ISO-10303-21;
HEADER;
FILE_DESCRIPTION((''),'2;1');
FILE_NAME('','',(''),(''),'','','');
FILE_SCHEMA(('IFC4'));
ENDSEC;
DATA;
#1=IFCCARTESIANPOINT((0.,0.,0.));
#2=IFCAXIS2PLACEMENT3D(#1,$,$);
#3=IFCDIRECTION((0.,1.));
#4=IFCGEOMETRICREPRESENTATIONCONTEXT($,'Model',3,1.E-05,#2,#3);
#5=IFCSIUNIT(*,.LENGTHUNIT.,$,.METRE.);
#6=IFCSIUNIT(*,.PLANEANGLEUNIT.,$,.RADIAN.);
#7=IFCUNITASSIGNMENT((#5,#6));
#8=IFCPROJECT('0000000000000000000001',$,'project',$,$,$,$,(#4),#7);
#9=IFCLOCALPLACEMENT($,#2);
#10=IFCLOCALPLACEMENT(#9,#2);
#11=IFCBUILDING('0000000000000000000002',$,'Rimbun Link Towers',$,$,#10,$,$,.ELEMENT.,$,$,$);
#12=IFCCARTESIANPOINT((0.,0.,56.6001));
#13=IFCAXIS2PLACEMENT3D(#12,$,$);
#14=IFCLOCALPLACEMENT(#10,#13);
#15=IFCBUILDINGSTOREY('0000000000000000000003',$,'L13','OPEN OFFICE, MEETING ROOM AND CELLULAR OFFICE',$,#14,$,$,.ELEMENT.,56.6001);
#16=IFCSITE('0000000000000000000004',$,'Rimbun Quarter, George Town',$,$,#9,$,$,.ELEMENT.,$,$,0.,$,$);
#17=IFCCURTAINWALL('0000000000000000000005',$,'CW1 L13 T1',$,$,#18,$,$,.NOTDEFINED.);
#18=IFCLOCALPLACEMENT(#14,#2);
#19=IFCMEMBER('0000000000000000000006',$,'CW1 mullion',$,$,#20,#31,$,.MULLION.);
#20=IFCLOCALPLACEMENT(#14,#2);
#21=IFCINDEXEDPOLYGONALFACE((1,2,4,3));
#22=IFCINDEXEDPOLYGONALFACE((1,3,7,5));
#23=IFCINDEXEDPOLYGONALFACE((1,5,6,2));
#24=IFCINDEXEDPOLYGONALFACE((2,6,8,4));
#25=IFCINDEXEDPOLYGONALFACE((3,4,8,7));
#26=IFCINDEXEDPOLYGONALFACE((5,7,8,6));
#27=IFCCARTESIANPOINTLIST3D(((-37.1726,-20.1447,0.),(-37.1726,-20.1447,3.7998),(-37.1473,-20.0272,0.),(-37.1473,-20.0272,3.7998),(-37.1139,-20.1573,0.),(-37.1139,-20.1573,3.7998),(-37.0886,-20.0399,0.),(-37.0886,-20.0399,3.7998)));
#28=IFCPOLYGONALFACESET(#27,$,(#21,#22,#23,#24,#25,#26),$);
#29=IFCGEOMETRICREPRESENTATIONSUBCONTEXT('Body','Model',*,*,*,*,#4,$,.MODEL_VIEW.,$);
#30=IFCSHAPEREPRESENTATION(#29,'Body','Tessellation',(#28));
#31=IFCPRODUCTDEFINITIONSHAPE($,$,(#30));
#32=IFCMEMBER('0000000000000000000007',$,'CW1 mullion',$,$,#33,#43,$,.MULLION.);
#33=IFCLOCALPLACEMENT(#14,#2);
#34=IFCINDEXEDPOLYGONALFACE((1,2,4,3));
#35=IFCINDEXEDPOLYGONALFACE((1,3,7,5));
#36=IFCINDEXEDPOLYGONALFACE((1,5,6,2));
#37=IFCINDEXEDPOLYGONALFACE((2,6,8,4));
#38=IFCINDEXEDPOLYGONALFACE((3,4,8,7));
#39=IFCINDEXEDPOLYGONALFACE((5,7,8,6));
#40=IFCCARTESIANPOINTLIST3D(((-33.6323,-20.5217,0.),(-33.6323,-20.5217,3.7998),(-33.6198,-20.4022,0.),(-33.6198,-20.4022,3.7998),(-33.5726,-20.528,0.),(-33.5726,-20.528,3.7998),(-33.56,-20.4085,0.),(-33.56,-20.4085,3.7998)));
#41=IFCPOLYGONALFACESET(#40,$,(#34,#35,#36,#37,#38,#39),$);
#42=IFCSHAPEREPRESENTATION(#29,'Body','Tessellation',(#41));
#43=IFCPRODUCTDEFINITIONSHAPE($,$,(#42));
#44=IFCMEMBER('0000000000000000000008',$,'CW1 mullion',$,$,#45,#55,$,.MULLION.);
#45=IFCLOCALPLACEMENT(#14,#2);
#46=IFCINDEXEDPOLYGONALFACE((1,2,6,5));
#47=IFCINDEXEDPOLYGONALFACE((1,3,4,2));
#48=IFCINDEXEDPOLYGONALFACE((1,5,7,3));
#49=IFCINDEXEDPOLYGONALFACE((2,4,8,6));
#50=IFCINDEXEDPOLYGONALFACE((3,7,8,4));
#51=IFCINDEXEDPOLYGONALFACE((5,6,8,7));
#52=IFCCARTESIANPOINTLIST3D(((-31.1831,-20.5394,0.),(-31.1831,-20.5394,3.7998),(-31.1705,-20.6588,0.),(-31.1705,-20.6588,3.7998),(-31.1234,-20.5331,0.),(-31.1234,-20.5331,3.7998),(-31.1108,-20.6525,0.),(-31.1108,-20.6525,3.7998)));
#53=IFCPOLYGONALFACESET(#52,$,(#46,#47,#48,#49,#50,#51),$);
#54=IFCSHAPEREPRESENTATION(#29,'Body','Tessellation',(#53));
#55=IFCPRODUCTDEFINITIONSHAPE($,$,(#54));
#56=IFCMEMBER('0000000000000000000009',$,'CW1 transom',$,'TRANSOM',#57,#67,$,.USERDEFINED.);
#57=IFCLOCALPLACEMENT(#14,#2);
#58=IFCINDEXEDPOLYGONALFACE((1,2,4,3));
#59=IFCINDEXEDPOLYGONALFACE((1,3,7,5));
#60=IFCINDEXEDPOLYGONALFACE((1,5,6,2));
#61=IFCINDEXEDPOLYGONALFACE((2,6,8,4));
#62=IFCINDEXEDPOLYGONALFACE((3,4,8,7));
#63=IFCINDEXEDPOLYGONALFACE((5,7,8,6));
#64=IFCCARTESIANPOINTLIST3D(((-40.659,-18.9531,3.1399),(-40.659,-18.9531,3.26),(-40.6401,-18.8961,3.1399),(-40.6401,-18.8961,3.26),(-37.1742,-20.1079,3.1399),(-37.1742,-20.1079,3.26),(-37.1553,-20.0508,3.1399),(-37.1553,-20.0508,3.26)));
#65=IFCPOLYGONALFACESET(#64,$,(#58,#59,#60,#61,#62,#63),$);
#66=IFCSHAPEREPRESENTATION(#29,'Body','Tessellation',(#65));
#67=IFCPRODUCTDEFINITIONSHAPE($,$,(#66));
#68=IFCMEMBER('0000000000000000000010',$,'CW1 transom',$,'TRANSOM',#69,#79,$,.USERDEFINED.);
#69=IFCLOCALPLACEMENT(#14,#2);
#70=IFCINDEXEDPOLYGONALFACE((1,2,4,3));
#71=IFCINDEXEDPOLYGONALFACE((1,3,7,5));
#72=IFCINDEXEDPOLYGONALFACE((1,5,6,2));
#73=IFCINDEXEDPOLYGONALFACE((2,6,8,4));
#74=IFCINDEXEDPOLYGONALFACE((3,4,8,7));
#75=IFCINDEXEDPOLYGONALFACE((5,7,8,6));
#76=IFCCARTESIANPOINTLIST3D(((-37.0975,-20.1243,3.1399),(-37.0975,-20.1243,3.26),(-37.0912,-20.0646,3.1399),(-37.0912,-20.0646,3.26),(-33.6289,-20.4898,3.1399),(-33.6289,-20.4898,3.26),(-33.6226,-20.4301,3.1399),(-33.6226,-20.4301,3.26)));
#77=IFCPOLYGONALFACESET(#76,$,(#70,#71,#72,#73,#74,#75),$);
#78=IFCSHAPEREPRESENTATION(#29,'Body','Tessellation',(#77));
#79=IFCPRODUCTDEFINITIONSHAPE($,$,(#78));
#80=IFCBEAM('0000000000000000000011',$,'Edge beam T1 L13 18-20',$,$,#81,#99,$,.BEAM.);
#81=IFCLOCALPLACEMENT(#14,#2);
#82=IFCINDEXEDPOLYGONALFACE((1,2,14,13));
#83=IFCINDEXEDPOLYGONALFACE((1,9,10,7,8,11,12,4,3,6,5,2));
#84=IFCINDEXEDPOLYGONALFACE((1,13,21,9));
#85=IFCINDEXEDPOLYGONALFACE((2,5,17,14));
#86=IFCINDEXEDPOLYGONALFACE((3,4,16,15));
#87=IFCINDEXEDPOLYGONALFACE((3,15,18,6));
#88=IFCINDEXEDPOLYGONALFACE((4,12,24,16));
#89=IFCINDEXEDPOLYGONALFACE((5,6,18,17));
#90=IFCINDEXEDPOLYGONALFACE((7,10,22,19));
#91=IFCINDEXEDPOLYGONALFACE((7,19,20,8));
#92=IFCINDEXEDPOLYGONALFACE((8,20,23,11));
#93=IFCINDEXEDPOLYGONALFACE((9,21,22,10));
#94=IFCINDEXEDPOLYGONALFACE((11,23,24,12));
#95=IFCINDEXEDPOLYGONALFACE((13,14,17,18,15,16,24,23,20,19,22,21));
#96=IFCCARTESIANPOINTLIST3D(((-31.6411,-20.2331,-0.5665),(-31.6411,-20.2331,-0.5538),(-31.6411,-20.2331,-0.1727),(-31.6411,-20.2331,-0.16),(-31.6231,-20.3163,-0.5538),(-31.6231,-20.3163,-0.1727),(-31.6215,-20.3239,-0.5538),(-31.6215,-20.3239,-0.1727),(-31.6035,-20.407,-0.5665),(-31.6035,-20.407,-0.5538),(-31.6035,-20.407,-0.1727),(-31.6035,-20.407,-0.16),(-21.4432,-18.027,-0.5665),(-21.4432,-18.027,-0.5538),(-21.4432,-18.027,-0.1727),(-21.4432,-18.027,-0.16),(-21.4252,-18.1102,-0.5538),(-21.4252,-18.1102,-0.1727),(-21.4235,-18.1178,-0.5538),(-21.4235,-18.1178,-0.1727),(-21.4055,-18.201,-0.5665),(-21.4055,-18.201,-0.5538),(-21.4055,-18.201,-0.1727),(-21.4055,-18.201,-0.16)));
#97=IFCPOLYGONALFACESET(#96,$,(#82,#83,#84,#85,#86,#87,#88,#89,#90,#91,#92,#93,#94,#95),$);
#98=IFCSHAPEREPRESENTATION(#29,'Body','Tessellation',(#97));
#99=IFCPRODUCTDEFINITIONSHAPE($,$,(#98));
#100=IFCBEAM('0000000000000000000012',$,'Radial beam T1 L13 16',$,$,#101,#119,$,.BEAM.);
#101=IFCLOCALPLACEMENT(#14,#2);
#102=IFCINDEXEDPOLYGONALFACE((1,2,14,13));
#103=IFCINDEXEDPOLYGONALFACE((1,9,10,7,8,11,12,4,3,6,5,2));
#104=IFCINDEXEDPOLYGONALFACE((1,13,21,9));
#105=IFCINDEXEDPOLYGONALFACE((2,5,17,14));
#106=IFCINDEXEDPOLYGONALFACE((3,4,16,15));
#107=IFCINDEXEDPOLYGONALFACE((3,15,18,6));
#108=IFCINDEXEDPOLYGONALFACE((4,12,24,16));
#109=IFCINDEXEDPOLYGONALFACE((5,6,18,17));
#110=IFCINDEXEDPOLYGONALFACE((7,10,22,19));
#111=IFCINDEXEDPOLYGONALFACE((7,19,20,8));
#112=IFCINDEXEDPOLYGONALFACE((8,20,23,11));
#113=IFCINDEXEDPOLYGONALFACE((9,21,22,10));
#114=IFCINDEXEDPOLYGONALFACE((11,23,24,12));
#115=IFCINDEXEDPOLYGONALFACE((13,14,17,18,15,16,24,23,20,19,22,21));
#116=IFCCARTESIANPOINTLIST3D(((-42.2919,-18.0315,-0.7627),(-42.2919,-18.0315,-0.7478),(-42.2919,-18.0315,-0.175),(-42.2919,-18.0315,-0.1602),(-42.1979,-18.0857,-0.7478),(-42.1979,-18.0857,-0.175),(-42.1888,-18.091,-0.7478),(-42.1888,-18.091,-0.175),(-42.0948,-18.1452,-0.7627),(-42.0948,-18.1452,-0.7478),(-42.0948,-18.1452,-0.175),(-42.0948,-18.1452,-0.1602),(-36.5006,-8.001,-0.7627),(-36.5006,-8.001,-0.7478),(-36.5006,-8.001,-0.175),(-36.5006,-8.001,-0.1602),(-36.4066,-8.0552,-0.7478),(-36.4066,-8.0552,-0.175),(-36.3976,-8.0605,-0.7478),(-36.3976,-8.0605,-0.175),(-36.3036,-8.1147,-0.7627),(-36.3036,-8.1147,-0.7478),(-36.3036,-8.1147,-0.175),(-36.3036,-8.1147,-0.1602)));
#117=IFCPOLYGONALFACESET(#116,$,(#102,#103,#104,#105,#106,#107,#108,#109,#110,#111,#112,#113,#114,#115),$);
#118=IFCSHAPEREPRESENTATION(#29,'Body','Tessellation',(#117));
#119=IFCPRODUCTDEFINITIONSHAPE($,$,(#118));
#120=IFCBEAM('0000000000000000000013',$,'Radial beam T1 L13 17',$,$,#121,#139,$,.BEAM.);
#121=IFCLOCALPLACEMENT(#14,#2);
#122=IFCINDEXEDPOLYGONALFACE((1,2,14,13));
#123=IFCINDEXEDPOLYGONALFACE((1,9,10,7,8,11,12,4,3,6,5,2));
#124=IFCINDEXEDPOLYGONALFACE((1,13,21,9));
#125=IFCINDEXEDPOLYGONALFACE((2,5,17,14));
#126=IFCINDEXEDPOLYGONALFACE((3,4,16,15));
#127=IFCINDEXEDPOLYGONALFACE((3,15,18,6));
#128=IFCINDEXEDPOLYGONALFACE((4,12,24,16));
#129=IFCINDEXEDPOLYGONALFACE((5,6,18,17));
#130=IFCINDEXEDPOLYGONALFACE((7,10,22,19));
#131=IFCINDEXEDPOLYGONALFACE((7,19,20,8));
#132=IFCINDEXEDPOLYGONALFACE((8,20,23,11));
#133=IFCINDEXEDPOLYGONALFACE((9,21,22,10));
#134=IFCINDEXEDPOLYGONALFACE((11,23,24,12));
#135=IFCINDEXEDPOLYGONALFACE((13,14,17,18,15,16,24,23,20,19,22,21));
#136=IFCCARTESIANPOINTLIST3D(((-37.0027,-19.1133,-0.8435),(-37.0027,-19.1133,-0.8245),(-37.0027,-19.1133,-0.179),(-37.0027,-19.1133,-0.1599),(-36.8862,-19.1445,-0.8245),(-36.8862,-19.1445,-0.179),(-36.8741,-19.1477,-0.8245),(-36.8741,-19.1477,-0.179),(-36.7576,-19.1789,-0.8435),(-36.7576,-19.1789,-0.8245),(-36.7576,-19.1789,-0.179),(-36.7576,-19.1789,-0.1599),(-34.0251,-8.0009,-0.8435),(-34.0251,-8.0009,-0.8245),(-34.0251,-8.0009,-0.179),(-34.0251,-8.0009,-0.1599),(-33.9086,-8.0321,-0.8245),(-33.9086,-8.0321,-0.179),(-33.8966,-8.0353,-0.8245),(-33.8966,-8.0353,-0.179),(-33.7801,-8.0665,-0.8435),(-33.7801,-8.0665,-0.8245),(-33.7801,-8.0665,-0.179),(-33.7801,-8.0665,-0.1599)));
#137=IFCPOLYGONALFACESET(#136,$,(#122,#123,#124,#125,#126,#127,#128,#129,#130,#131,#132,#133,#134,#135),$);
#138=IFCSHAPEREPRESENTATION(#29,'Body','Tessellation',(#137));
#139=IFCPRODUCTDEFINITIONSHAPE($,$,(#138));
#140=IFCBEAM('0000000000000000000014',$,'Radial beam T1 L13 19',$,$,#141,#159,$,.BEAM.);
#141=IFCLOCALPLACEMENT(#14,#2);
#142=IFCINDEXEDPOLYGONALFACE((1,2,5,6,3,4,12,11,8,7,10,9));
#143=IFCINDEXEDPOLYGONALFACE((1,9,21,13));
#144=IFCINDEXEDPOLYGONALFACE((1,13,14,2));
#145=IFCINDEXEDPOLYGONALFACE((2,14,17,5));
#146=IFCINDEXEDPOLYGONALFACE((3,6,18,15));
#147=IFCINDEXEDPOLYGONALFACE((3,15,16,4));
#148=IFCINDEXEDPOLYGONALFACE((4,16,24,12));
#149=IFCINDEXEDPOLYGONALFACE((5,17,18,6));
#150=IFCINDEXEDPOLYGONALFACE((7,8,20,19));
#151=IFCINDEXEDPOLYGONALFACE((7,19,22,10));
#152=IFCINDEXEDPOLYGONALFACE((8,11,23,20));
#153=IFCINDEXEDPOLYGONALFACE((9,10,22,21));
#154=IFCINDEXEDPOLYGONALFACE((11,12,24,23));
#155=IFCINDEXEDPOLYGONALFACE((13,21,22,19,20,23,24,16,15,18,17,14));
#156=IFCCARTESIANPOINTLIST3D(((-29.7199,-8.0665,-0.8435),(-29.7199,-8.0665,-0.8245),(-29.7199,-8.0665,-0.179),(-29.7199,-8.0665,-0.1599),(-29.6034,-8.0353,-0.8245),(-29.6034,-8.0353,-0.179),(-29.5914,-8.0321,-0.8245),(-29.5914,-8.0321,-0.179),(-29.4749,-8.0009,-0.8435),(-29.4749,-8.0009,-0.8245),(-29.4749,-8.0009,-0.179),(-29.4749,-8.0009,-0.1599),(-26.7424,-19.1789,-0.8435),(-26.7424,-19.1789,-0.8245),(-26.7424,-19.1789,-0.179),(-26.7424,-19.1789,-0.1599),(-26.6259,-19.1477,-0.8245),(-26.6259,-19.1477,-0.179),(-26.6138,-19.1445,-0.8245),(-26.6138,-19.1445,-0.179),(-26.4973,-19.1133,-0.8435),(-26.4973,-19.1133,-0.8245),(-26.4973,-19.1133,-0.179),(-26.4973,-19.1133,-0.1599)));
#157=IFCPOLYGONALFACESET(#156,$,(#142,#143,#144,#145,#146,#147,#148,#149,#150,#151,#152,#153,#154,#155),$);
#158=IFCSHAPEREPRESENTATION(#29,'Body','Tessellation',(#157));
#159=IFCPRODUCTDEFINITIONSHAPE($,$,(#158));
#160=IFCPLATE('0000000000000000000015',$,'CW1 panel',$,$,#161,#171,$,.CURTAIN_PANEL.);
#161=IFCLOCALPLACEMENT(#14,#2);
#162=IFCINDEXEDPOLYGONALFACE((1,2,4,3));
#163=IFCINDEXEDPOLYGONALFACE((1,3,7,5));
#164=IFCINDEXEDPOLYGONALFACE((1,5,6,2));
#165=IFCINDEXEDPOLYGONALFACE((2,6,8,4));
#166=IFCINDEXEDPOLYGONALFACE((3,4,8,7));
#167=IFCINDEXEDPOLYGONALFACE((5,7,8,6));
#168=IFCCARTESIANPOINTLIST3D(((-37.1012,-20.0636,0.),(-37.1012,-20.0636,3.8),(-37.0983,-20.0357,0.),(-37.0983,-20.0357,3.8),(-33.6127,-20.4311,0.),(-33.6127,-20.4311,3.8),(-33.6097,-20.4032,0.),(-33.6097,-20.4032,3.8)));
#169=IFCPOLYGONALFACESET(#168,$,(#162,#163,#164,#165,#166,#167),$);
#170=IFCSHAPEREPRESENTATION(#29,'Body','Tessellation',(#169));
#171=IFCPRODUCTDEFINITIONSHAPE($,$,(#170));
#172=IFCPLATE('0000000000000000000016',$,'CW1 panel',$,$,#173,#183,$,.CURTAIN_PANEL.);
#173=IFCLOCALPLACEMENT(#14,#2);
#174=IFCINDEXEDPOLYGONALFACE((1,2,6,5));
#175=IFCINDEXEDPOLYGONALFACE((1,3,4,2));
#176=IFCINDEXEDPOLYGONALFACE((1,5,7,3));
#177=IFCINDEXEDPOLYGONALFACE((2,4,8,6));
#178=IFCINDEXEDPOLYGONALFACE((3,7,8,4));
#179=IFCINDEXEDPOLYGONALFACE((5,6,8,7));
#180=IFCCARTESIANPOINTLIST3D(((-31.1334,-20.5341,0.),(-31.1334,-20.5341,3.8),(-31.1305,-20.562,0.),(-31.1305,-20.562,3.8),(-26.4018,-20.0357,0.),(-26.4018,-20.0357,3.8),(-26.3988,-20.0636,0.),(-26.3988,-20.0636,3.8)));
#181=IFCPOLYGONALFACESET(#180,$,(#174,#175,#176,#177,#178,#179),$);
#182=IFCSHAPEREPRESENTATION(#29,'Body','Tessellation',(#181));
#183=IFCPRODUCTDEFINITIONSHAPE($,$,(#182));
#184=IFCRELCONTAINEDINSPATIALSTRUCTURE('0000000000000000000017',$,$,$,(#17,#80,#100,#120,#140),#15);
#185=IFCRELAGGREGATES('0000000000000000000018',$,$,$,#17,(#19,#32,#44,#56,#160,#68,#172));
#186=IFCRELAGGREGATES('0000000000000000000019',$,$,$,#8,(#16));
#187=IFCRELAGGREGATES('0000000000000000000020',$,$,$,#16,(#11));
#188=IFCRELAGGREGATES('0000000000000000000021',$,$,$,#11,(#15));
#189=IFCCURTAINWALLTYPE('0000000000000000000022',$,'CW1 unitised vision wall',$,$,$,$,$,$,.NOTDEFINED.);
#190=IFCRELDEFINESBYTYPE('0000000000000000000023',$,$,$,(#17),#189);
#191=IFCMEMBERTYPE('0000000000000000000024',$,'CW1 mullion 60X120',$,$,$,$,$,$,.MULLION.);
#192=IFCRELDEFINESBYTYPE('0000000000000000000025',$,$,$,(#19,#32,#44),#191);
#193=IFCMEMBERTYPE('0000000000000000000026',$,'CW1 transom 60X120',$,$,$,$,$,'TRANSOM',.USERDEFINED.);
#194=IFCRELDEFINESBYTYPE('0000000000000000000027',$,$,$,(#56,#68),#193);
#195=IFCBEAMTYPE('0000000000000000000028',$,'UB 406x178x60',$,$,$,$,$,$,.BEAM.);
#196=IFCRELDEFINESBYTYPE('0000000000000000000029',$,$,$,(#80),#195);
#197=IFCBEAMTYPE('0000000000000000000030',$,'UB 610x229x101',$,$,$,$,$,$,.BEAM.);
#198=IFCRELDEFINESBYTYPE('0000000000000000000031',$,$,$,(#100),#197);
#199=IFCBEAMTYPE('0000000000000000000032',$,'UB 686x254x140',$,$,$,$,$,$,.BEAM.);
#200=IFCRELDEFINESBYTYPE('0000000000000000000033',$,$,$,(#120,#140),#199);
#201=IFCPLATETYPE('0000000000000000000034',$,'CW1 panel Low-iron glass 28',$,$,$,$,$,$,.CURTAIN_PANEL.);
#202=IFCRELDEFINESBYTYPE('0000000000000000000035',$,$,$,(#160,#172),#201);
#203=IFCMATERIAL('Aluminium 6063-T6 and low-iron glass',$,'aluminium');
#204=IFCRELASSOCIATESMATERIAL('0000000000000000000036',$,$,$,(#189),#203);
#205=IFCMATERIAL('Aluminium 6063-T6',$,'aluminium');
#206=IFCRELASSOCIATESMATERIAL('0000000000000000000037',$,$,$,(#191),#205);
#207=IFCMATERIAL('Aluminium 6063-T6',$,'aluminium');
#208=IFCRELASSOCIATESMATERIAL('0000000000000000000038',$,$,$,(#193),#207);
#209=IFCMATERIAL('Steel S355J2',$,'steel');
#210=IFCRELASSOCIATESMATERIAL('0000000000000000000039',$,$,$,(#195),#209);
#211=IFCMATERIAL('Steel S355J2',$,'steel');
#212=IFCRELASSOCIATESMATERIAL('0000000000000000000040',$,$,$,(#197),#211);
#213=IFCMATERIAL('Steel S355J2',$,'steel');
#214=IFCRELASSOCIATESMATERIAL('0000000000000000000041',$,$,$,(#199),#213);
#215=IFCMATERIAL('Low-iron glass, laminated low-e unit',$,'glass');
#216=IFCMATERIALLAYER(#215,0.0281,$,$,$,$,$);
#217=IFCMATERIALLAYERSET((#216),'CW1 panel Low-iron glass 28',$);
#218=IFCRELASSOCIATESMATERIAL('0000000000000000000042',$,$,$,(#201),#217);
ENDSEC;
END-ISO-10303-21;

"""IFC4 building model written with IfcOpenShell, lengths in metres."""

from ifc_helpers import new_model, si_unit, direction, frame, origin, origin_2d, place, context, subcontext, project, spatial, rectangle, i_section, extrude, material, layer, layer_set, material_profile, profile_set, type_object, element, aggregate, save


model = new_model("IFC4")

# Units and contexts
model_context = context("Model", 3, precision=1e-05, world=origin(), true_north=direction((0.0, 1.0)))
body_context = subcontext(model_context, "Body", "Model", "MODEL_VIEW")
ifc_project = project(units=[si_unit("LENGTHUNIT", "METRE"), si_unit("PLANEANGLEUNIT", "RADIAN")], contexts=[model_context])

# Site, building, storey
site_placement = place(None, origin())
site = spatial("IfcSite", under=ifc_project, at=site_placement, Name="Rimbun Quarter, George Town", CompositionType="ELEMENT", RefElevation=0.0)
building_placement = place(site_placement, origin())
building = spatial("IfcBuilding", under=site, at=building_placement, Name="Rimbun Link Towers", CompositionType="ELEMENT")
storey_placement = place(building_placement, frame((0.0, 0.0, 56.6001)))
storey = spatial("IfcBuildingStorey", under=building, at=storey_placement, Name="L13", Description="OPEN OFFICE, MEETING ROOM AND CELLULAR OFFICE", CompositionType="ELEMENT", Elevation=56.6001)

# Curtain wall, members
ifc_material_1 = material(Name="Aluminium 6063-T6 and low-iron glass", Category="aluminium")
curtain_wall_type = type_object("IfcCurtainWallType", Name="CW1 unitised vision wall", PredefinedType="NOTDEFINED", material=ifc_material_1)
curtain_wall_placement = place(storey_placement, origin())
curtain_wall = element("IfcCurtainWall", 1, at=curtain_wall_placement, inside=storey, type_object=curtain_wall_type, Name="CW1 L13 T1", PredefinedType="NOTDEFINED")
ifc_material_2 = material(Name="Aluminium 6063-T6", Category="aluminium")
ifc_material_profile_1 = material_profile(ifc_material_2, rectangle(XDim=0.1201, YDim=0.0601, at=origin_2d()), Name="MULLION 60X120")
ifc_profile_set_1 = profile_set([ifc_material_profile_1], Name="Aluminium 6063-T6")
member_type_1 = type_object("IfcMemberType", Name="CW1 mullion 60X120", PredefinedType="MULLION", material=ifc_profile_set_1)
member_1_placement = place(storey_placement, frame((-37.1306, -20.0923, 0.0), z_axis=(0.0, 0.0, 1.0), x_axis=(-0.210874, -0.977513, 0.0)))
member_1 = element("IfcMember", 2, at=member_1_placement, type_object=member_type_1, Name="CW1 mullion", PredefinedType="MULLION", context=body_context, shape_type="SweptSolid", body=[
    extrude(rectangle(XDim=0.1201, YDim=0.0601, at=origin_2d()), origin(), (0.0, 0.0, 1.0), 3.7998),
])
member_2_placement = place(storey_placement, frame((-33.5962, -20.4651, 0.0), z_axis=(0.0, 0.0, 1.0), x_axis=(-0.104748, -0.994499, 0.0)))
member_2 = element("IfcMember", 3, at=member_2_placement, type_object=member_type_1, Name="CW1 mullion", PredefinedType="MULLION", context=body_context, shape_type="SweptSolid", body=[
    extrude(rectangle(XDim=0.1201, YDim=0.0601, at=origin_2d()), origin(), (0.0, 0.0, 1.0), 3.7998),
])
member_3_placement = place(storey_placement, frame((-31.147, -20.5959, 0.0), z_axis=(0.0, 0.0, 1.0), x_axis=(0.104748, -0.994499, 0.0)))
member_3 = element("IfcMember", 4, at=member_3_placement, type_object=member_type_1, Name="CW1 mullion", PredefinedType="MULLION", context=body_context, shape_type="SweptSolid", body=[
    extrude(rectangle(XDim=0.1201, YDim=0.0601, at=origin_2d()), origin(), (0.0, 0.0, 1.0), 3.7998),
])
ifc_material_3 = material(Name="Aluminium 6063-T6", Category="aluminium")
ifc_material_profile_2 = material_profile(ifc_material_3, rectangle(XDim=0.0601, YDim=0.1201, at=origin_2d()), Name="TRANSOM 60X120")
ifc_profile_set_2 = profile_set([ifc_material_profile_2], Name="Aluminium 6063-T6")
member_type_2 = type_object("IfcMemberType", Name="CW1 transom 60X120", ElementType="TRANSOM", PredefinedType="USERDEFINED", material=ifc_profile_set_2)
member_4_placement = place(storey_placement, frame((-37.1648, -20.0793, 3.2), z_axis=(-0.94924, 0.314551, 0.0), x_axis=(-0.314551, -0.94924, 0.0)))
member_4 = element("IfcMember", 5, at=member_4_placement, type_object=member_type_2, Name="CW1 transom", ObjectType="TRANSOM", PredefinedType="USERDEFINED", context=body_context, shape_type="SweptSolid", body=[
    extrude(rectangle(XDim=0.0601, YDim=0.1201, at=origin_2d()), origin(), (0.0, 0.0, 1.0), 3.6711),
])
member_5_placement = place(storey_placement, frame((-33.6257, -20.46, 3.2), z_axis=(-0.994494, 0.10479, 0.0), x_axis=(-0.10479, -0.994494, 0.0)))
member_5 = element("IfcMember", 6, at=member_5_placement, type_object=member_type_2, Name="CW1 transom", ObjectType="TRANSOM", PredefinedType="USERDEFINED", context=body_context, shape_type="SweptSolid", body=[
    extrude(rectangle(XDim=0.0601, YDim=0.1201, at=origin_2d()), origin(), (0.0, 0.0, 1.0), 3.4878),
])

# Beams
ifc_material_4 = material(Name="Steel S355J2", Category="steel")
ifc_material_profile_3 = material_profile(ifc_material_4, i_section(OverallWidth=0.178, OverallDepth=0.4065, WebThickness=0.0078, FlangeThickness=0.0127, at=origin_2d()), Name="UB 406x178x60")
ifc_profile_set_3 = profile_set([ifc_material_profile_3], Name="Steel S355J2")
beam_type_1 = type_object("IfcBeamType", Name="UB 406x178x60", PredefinedType="BEAM", material=ifc_profile_set_3)
beam_1_placement = place(storey_placement, frame((-31.6223, -20.3201, -0.3633), z_axis=(0.977393, 0.211432, 0.0), x_axis=(-0.211432, 0.977393, 0.0)))
element("IfcBeam", 7, at=beam_1_placement, inside=storey, type_object=beam_type_1, Name="Edge beam T1 L13 18-20", PredefinedType="BEAM", context=body_context, shape_type="SweptSolid", body=[
    extrude(i_section(OverallWidth=0.178, OverallDepth=0.4065, WebThickness=0.0078, FlangeThickness=0.0127, at=origin_2d()), origin(), (0.0, 0.0, 1.0), 10.4338),
])
ifc_material_5 = material(Name="Steel S355J2", Category="steel")
ifc_material_profile_4 = material_profile(ifc_material_5, i_section(OverallWidth=0.2275, OverallDepth=0.6025, WebThickness=0.0105, FlangeThickness=0.0149, at=origin_2d()), Name="UB 610x229x101")
ifc_profile_set_4 = profile_set([ifc_material_profile_4], Name="Steel S355J2")
beam_type_2 = type_object("IfcBeamType", Name="UB 610x229x101", PredefinedType="BEAM", material=ifc_profile_set_4)
beam_2_placement = place(storey_placement, frame((-36.4021, -8.0579, -0.4614), z_axis=(-0.500009, -0.86602, 0.0), x_axis=(0.86602, -0.500009, 0.0)))
element("IfcBeam", 8, at=beam_2_placement, inside=storey, type_object=beam_type_2, Name="Radial beam T1 L13 16", PredefinedType="BEAM", context=body_context, shape_type="SweptSolid", body=[
    extrude(i_section(OverallWidth=0.2275, OverallDepth=0.6025, WebThickness=0.0105, FlangeThickness=0.0149, at=origin_2d()), origin(), (0.0, 0.0, 1.0), 11.5823),
])
ifc_material_6 = material(Name="Steel S355J2", Category="steel")
ifc_material_profile_5 = material_profile(ifc_material_6, i_section(OverallWidth=0.2537, OverallDepth=0.6836, WebThickness=0.0125, FlangeThickness=0.019, at=origin_2d()), Name="UB 686x254x140")
ifc_profile_set_5 = profile_set([ifc_material_profile_5], Name="Steel S355J2")
beam_type_3 = type_object("IfcBeamType", Name="UB 686x254x140", PredefinedType="BEAM", material=ifc_profile_set_5)
for number, where, z_axis, x_axis, name in (
    (9, (-33.9026, -8.0337, -0.5017), (-0.25882, -0.965926, 0.0), (0.965926, -0.25882, 0.0), "Radial beam T1 L13 17"),
    (10, (-29.5974, -8.0337, -0.5017), (0.25882, -0.965926, 0.0), (0.965926, 0.25882, 0.0), "Radial beam T1 L13 19"),
):
    element("IfcBeam", number, at=place(storey_placement, frame(where, z_axis=z_axis, x_axis=x_axis)), inside=storey, type_object=beam_type_3, Name=name, PredefinedType="BEAM", context=body_context, shape_type="SweptSolid", body=[
        extrude(i_section(OverallWidth=0.2537, OverallDepth=0.6836, WebThickness=0.0125, FlangeThickness=0.019, at=origin_2d()), origin(), (0.0, 0.0, 1.0), 11.5044),
    ])

# Plates
ifc_material_7 = material(Name="Low-iron glass, laminated low-e unit", Category="glass")
ifc_layer_1 = layer(ifc_material_7, 0.0281)
ifc_layer_set_1 = layer_set([ifc_layer_1], Name="CW1 panel Low-iron glass 28")
plate_type = type_object("IfcPlateType", Name="CW1 panel Low-iron glass 28", PredefinedType="CURTAIN_PANEL", material=ifc_layer_set_1)
plate_1_placement = place(storey_placement, frame((-35.3555, -20.2334, 0.0), z_axis=(0.0, 0.0, 1.0), x_axis=(-0.994499, 0.104748, 0.0)))
plate_1 = element("IfcPlate", 11, at=plate_1_placement, type_object=plate_type, Name="CW1 panel", PredefinedType="CURTAIN_PANEL", context=body_context, shape_type="SweptSolid", body=[
    extrude(rectangle(XDim=3.5078, YDim=0.0281, at=origin_2d()), origin(), (0.0, 0.0, 1.0), 3.8),
])
plate_2_placement = place(storey_placement, frame((-28.7661, -20.2988, 0.0), z_axis=(0.0, 0.0, 1.0), x_axis=(-0.994499, -0.104748, 0.0)))
plate_2 = element("IfcPlate", 12, at=plate_2_placement, type_object=plate_type, Name="CW1 panel", PredefinedType="CURTAIN_PANEL", context=body_context, shape_type="SweptSolid", body=[
    extrude(rectangle(XDim=4.7578, YDim=0.0281, at=origin_2d()), origin(), (0.0, 0.0, 1.0), 3.8),
])
aggregate(curtain_wall, [member_1, member_2, member_3, member_4, plate_1, member_5, plate_2])

save(model, "model.ifc")
